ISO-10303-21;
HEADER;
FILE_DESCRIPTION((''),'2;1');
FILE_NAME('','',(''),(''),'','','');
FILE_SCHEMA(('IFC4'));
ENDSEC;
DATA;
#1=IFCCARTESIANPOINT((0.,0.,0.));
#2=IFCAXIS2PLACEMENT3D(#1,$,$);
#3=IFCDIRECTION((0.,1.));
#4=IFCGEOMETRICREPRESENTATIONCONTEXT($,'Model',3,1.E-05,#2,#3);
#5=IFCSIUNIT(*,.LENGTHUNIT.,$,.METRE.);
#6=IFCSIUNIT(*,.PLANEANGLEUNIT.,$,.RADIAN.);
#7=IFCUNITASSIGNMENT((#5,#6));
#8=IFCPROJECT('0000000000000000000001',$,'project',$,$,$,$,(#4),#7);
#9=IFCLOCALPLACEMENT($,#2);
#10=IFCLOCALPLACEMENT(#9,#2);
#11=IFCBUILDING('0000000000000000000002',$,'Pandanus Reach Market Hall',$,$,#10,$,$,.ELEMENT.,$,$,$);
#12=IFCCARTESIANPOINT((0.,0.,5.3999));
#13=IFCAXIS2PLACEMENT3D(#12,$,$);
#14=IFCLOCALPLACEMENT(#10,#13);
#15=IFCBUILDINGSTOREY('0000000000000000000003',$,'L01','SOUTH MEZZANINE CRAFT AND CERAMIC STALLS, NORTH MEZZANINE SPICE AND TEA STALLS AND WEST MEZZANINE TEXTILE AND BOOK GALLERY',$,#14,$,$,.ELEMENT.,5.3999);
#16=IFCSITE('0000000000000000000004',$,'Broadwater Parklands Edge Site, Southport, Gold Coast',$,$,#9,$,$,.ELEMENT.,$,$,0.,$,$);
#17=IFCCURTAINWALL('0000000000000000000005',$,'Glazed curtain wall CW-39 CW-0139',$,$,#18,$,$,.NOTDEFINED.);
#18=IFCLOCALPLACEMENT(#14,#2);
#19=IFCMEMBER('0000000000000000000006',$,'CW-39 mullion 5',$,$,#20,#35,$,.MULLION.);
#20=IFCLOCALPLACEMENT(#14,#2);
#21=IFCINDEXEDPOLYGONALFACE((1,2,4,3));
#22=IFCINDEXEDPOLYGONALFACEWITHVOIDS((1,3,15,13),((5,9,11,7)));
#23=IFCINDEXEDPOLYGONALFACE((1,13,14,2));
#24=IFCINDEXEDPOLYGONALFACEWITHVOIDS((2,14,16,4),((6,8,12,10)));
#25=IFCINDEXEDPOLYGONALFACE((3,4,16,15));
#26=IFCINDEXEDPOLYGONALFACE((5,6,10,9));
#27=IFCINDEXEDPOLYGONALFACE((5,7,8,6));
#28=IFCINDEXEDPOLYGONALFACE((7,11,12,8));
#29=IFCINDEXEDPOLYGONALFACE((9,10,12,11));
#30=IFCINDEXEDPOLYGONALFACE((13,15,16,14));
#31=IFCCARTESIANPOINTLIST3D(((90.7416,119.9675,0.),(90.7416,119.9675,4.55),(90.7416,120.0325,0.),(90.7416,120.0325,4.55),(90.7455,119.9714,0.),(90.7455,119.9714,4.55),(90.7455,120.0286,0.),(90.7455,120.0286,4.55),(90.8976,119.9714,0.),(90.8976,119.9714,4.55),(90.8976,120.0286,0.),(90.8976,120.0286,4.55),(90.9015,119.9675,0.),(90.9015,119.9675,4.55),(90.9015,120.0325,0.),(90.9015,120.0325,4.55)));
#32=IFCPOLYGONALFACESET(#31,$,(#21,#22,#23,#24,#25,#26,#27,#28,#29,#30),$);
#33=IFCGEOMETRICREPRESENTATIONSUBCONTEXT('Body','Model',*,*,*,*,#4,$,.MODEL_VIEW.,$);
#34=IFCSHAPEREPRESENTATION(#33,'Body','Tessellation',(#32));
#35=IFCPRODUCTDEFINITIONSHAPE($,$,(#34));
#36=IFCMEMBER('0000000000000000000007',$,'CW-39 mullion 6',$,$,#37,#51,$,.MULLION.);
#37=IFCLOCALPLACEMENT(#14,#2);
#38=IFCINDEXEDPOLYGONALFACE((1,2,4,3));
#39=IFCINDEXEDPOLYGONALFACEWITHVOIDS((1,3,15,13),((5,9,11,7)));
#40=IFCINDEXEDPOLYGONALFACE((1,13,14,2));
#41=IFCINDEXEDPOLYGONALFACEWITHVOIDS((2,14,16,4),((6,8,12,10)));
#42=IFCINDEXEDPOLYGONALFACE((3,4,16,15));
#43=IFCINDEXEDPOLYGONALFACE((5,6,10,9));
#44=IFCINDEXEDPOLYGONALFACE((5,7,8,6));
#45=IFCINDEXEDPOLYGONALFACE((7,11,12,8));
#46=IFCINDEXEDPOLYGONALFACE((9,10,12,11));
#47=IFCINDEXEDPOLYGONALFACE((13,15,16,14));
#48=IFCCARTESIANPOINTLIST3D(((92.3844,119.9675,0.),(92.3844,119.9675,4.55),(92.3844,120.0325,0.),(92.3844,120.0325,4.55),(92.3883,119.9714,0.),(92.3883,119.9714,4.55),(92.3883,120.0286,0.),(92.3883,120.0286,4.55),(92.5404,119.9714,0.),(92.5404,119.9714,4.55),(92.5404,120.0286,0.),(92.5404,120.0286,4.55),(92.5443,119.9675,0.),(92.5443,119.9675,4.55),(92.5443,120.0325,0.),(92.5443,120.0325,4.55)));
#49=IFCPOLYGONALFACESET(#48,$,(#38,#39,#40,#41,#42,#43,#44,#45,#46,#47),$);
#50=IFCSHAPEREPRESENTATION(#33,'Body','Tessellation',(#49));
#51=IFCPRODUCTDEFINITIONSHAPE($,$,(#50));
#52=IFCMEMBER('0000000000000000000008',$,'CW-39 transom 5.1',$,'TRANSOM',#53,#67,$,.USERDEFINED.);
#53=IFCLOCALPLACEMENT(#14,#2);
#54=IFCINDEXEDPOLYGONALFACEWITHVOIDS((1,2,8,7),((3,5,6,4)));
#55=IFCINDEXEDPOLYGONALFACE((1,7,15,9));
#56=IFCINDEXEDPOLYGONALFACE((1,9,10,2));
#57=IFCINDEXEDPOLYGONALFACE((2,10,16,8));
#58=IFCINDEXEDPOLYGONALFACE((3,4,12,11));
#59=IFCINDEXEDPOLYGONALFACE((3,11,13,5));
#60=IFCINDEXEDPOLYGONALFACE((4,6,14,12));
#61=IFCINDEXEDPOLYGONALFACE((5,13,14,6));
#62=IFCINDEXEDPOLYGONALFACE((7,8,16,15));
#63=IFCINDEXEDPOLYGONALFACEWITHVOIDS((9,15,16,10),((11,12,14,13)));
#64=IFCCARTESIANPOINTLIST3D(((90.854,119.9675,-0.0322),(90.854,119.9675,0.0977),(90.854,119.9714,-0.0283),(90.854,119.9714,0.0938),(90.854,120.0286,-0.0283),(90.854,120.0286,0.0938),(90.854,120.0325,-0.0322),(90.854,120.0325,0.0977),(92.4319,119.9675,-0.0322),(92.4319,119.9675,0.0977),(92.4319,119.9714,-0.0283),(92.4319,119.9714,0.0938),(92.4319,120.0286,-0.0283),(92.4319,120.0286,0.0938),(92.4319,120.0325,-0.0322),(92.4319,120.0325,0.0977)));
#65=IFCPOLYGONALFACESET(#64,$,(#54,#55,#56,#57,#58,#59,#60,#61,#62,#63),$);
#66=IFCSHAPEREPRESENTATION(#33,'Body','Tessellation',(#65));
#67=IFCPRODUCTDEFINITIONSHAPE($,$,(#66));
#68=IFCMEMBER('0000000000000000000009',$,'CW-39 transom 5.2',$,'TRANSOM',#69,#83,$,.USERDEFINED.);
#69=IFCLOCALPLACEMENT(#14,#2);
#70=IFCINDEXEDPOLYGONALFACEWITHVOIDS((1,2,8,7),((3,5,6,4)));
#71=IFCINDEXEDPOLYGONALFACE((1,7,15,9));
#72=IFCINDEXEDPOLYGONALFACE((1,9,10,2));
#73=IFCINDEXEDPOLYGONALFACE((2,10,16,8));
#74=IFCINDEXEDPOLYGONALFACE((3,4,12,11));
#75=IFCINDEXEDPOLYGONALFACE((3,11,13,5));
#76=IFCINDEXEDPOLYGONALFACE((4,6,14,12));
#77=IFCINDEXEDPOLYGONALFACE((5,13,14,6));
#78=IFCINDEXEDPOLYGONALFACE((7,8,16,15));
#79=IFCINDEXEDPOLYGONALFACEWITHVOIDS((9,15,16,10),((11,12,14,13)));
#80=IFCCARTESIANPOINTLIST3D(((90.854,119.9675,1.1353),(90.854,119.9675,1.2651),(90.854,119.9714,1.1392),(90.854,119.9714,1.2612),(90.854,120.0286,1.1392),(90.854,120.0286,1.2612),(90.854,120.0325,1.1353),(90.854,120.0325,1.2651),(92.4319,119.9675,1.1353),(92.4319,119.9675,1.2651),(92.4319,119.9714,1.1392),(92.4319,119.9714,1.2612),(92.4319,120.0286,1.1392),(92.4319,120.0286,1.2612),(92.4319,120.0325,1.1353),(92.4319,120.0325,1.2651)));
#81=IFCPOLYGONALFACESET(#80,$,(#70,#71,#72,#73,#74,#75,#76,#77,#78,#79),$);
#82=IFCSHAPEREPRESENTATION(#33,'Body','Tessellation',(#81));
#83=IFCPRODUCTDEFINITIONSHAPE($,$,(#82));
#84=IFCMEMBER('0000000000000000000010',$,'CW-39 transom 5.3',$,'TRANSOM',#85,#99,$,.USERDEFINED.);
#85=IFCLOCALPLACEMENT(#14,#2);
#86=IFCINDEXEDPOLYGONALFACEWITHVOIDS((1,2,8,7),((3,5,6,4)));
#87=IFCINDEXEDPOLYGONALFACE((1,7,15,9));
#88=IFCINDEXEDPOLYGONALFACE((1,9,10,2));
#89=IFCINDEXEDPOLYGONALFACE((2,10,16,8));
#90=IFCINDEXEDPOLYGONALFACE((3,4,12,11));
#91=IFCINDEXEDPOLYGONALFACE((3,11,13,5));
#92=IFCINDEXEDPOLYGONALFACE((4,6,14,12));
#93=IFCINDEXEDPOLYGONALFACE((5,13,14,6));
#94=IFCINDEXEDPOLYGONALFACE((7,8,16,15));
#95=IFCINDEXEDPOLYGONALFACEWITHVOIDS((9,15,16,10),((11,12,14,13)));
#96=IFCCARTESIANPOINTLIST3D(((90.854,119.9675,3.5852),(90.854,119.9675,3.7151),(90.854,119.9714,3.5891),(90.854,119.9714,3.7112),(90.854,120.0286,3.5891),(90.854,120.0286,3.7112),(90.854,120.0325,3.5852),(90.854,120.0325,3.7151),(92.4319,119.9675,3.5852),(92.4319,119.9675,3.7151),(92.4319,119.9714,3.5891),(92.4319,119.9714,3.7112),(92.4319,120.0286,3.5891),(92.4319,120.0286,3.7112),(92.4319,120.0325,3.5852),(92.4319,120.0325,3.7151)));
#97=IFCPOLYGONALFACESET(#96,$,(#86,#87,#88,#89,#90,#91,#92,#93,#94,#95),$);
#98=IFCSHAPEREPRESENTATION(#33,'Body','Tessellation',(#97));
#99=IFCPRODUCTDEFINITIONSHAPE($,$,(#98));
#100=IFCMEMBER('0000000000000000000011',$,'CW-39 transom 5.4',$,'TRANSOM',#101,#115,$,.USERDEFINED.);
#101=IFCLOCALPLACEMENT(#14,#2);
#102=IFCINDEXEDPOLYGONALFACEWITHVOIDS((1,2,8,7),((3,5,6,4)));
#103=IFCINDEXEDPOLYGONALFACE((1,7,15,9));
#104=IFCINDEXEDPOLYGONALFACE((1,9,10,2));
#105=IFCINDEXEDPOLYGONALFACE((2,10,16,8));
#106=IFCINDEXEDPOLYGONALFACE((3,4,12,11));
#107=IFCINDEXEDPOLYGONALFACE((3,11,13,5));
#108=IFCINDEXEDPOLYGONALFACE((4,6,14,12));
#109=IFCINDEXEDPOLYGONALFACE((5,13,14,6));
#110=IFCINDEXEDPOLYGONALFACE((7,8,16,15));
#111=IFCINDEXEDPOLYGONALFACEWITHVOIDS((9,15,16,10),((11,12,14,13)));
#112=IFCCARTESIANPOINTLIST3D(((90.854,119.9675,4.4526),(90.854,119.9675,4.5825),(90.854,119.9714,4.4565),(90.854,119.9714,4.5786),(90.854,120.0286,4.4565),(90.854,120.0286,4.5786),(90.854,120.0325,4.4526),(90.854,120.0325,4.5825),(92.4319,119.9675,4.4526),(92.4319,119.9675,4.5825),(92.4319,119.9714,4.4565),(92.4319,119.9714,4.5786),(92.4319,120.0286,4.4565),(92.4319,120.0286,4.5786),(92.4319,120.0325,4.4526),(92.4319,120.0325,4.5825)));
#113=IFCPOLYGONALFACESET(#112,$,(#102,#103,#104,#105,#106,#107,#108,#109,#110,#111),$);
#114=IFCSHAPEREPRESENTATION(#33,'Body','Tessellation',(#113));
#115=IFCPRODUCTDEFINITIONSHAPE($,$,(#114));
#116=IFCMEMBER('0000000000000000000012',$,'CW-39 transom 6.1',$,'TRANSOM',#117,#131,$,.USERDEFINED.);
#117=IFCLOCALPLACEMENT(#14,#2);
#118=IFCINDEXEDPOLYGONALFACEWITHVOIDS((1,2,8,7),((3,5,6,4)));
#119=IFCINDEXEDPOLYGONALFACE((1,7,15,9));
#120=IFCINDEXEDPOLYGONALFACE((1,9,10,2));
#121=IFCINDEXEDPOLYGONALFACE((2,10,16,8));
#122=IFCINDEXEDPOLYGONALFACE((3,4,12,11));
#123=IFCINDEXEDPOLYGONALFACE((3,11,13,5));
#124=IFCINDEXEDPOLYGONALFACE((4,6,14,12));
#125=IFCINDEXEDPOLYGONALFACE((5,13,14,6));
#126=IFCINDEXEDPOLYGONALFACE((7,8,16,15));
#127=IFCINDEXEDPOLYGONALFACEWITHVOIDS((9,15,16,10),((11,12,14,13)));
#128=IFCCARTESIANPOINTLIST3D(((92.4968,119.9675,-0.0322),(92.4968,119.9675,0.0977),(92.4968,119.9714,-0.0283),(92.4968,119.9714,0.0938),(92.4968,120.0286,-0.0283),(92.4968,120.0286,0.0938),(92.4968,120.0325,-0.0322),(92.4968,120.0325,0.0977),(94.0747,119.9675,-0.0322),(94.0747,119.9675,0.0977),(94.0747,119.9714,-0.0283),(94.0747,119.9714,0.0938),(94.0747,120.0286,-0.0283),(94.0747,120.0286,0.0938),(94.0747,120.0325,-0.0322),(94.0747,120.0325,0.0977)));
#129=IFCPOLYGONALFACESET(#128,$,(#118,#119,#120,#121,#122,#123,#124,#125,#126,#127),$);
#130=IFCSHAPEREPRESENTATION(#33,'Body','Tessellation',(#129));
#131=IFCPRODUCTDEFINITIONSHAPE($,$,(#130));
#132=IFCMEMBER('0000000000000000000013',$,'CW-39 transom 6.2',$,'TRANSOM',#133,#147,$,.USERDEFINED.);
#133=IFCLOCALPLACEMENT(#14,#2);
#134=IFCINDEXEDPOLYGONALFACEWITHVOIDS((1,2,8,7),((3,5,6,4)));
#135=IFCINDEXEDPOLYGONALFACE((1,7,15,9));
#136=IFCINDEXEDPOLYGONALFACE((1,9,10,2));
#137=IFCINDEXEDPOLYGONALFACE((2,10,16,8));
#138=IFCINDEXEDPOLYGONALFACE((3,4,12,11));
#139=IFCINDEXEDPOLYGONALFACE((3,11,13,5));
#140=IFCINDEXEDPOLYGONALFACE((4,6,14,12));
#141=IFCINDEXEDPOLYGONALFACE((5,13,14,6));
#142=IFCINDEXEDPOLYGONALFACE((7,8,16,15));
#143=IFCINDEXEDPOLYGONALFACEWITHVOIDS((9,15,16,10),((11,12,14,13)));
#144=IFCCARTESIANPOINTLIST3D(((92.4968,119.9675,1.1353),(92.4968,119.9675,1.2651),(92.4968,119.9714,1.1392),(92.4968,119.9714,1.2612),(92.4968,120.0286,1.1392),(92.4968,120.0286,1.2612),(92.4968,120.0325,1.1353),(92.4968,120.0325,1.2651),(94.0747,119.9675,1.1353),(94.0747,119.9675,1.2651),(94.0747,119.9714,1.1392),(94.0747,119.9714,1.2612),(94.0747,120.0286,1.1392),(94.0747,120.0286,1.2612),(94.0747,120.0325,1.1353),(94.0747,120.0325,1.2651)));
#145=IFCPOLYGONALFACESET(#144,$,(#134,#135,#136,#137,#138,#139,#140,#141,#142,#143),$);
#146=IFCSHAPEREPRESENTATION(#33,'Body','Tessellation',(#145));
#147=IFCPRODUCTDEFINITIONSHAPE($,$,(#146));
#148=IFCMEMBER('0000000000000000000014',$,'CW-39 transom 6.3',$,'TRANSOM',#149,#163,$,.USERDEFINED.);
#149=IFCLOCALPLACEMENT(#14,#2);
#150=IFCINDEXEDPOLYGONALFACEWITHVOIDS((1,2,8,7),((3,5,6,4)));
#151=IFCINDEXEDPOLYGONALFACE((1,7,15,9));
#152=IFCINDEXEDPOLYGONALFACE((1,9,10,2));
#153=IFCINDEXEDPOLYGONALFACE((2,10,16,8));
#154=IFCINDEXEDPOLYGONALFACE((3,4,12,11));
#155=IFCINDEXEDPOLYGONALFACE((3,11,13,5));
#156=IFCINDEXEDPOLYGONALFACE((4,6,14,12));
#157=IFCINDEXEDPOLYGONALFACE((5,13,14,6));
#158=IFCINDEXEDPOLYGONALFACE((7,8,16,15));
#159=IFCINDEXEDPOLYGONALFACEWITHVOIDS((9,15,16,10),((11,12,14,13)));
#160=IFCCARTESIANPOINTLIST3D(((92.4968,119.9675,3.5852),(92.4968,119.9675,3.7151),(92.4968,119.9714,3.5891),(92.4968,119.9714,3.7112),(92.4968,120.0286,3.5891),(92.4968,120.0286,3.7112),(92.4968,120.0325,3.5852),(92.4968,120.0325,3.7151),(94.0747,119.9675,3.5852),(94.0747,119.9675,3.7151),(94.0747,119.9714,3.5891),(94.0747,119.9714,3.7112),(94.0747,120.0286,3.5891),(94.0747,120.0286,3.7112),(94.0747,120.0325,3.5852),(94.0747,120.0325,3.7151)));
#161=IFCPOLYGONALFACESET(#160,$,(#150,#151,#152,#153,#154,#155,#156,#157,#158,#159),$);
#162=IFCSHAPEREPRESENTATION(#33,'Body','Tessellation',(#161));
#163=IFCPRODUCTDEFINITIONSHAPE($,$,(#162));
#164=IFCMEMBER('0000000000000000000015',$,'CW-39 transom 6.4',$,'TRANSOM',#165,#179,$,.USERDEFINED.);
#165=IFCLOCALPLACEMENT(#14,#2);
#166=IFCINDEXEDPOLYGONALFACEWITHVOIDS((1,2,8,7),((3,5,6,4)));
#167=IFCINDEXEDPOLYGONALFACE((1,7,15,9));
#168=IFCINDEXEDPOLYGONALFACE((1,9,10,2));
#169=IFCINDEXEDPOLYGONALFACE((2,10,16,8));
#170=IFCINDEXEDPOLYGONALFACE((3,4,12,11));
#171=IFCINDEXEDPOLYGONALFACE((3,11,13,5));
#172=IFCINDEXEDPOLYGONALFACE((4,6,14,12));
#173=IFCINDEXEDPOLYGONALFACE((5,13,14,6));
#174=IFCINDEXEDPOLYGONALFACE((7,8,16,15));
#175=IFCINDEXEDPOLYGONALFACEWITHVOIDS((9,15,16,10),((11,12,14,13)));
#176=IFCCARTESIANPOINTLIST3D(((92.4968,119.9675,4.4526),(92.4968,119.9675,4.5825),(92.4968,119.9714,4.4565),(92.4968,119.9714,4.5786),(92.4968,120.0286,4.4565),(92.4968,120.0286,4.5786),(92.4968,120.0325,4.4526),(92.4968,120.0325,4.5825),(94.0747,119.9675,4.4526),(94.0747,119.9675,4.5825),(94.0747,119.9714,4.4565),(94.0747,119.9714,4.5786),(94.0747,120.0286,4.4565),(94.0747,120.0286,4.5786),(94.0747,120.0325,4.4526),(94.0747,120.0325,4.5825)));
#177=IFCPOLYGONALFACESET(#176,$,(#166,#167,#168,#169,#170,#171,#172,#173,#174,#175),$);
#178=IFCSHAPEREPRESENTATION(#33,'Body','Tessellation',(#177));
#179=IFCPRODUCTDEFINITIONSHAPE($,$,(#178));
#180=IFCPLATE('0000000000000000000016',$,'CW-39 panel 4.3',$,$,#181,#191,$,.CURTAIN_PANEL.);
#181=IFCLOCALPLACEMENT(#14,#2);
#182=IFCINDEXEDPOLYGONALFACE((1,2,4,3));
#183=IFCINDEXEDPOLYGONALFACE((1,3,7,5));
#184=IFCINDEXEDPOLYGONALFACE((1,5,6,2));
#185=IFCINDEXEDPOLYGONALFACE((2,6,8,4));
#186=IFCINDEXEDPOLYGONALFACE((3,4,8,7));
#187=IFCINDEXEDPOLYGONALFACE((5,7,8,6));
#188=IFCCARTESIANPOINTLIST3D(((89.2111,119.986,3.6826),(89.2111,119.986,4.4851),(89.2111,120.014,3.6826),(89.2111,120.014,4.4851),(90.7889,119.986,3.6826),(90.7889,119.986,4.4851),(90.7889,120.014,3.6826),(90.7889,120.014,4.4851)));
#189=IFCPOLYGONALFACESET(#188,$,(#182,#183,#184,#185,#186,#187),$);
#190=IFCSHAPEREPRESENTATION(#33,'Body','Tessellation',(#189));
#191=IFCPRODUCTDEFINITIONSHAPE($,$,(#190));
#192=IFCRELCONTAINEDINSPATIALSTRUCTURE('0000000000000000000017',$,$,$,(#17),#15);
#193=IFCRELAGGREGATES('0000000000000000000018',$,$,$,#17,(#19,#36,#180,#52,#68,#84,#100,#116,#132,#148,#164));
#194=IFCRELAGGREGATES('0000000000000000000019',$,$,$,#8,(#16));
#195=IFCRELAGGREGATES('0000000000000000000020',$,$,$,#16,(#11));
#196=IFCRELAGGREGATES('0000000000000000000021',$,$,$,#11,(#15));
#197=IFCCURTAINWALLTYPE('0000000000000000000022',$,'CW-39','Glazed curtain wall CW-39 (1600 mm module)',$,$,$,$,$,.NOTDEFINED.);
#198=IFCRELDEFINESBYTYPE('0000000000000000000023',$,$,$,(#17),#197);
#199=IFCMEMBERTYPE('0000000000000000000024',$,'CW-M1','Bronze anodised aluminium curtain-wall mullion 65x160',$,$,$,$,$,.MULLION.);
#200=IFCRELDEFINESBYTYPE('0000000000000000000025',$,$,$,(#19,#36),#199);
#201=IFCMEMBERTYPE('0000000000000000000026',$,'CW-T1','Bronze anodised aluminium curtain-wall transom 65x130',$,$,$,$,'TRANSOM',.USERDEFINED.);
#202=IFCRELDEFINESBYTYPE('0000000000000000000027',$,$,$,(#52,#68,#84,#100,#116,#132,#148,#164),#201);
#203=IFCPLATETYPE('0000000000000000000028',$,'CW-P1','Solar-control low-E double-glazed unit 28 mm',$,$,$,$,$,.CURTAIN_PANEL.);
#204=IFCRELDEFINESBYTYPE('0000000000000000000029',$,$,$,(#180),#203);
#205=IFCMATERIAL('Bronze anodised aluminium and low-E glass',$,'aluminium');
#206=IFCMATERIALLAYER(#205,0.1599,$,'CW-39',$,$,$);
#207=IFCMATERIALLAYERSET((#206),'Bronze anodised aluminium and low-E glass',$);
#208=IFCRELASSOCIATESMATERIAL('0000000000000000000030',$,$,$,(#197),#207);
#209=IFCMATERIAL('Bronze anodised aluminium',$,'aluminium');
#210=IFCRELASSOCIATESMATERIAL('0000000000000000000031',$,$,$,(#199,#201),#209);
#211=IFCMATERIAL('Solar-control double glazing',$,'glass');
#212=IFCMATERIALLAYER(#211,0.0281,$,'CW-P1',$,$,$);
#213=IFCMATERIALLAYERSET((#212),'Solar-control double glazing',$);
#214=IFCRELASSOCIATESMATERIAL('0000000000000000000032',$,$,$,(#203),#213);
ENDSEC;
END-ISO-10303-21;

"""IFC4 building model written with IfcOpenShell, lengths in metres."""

from ifc_helpers import new_model, si_unit, direction, frame, origin, origin_2d, place, context, subcontext, project, spatial, rectangle, hollow_rectangle, extrude, material, layer, layer_set, material_profile, profile_set, type_object, element, aggregate, save


model = new_model("IFC4")

# Units and contexts
model_context = context("Model", 3, precision=1e-05, world=origin(), true_north=direction((0.0, 1.0)))
body_context = subcontext(model_context, "Body", "Model", "MODEL_VIEW")
ifc_project = project(units=[si_unit("LENGTHUNIT", "METRE"), si_unit("PLANEANGLEUNIT", "RADIAN")], contexts=[model_context])

# Site, building, storey
site_placement = place(None, origin())
site = spatial("IfcSite", under=ifc_project, at=site_placement, Name="Broadwater Parklands Edge Site, Southport, Gold Coast", CompositionType="ELEMENT", RefElevation=0.0)
building_placement = place(site_placement, origin())
building = spatial("IfcBuilding", under=site, at=building_placement, Name="Pandanus Reach Market Hall", CompositionType="ELEMENT")
storey_placement = place(building_placement, frame((0.0, 0.0, 5.3999)))
storey = spatial("IfcBuildingStorey", under=building, at=storey_placement, Name="L01", Description="SOUTH MEZZANINE CRAFT AND CERAMIC STALLS, NORTH MEZZANINE SPICE AND TEA STALLS AND WEST MEZZANINE TEXTILE AND BOOK GALLERY", CompositionType="ELEMENT", Elevation=5.3999)

# Curtain wall, members, plate
ifc_material_1 = material(Name="Bronze anodised aluminium and low-E glass", Category="aluminium")
ifc_layer_1 = layer(ifc_material_1, 0.1599, Name="CW-39")
ifc_layer_set_1 = layer_set([ifc_layer_1], Name="Bronze anodised aluminium and low-E glass")
curtain_wall_type = type_object("IfcCurtainWallType", Name="CW-39", Description="Glazed curtain wall CW-39 (1600 mm module)", PredefinedType="NOTDEFINED", material=ifc_layer_set_1)
curtain_wall_placement = place(storey_placement, origin())
curtain_wall = element("IfcCurtainWall", 1, at=curtain_wall_placement, inside=storey, type_object=curtain_wall_type, Name="Glazed curtain wall CW-39 CW-0139", PredefinedType="NOTDEFINED")
ifc_material_2 = material(Name="Bronze anodised aluminium", Category="aluminium")
ifc_material_profile_1 = material_profile(ifc_material_2, hollow_rectangle(XDim=0.0649, YDim=0.1599, WallThickness=0.0039, at=origin_2d()), Name="ALU65x160", Category="LoadBearing")
ifc_profile_set_1 = profile_set([ifc_material_profile_1], Name="Bronze anodised aluminium")
member_type_1 = type_object("IfcMemberType", Name="CW-M1", Description="Bronze anodised aluminium curtain-wall mullion 65x160", PredefinedType="MULLION", material=ifc_profile_set_1)
member_1_placement = place(storey_placement, frame((90.8215, 120.0, 0.0), z_axis=(0.0, 0.0, 1.0), x_axis=(0.0, 1.0, 0.0)))
member_1 = element("IfcMember", 2, at=member_1_placement, type_object=member_type_1, Name="CW-39 mullion 5", PredefinedType="MULLION", context=body_context, shape_type="SweptSolid", body=[
    extrude(hollow_rectangle(XDim=0.0649, YDim=0.1599, WallThickness=0.0039, at=origin_2d()), origin(), (0.0, 0.0, 1.0), 4.55),
])
member_2_placement = place(storey_placement, frame((92.4644, 120.0, 0.0), z_axis=(0.0, 0.0, 1.0), x_axis=(0.0, 1.0, 0.0)))
member_2 = element("IfcMember", 3, at=member_2_placement, type_object=member_type_1, Name="CW-39 mullion 6", PredefinedType="MULLION", context=body_context, shape_type="SweptSolid", body=[
    extrude(hollow_rectangle(XDim=0.0649, YDim=0.1599, WallThickness=0.0039, at=origin_2d()), origin(), (0.0, 0.0, 1.0), 4.55),
])
ifc_material_profile_2 = material_profile(ifc_material_2, hollow_rectangle(XDim=0.0649, YDim=0.1299, WallThickness=0.0039, at=origin_2d()), Name="ALU65x130", Category="LoadBearing")
ifc_profile_set_2 = profile_set([ifc_material_profile_2], Name="Bronze anodised aluminium")
member_type_2 = type_object("IfcMemberType", Name="CW-T1", Description="Bronze anodised aluminium curtain-wall transom 65x130", ElementType="TRANSOM", PredefinedType="USERDEFINED", material=ifc_profile_set_2)
member_3_placement = place(storey_placement, frame((90.854, 120.0, 0.0327), z_axis=(1.0, 0.0, 0.0), x_axis=(0.0, 1.0, 0.0)))
member_3 = element("IfcMember", 4, at=member_3_placement, type_object=member_type_2, Name="CW-39 transom 5.1", ObjectType="TRANSOM", PredefinedType="USERDEFINED", context=body_context, shape_type="SweptSolid", body=[
    extrude(hollow_rectangle(XDim=0.0649, YDim=0.1299, WallThickness=0.0039, at=origin_2d()), origin(), (0.0, 0.0, 1.0), 1.5779),
])
member_4_placement = place(storey_placement, frame((90.854, 120.0, 1.2002), z_axis=(1.0, 0.0, 0.0), x_axis=(0.0, 1.0, 0.0)))
member_4 = element("IfcMember", 5, at=member_4_placement, type_object=member_type_2, Name="CW-39 transom 5.2", ObjectType="TRANSOM", PredefinedType="USERDEFINED", context=body_context, shape_type="SweptSolid", body=[
    extrude(hollow_rectangle(XDim=0.0649, YDim=0.1299, WallThickness=0.0039, at=origin_2d()), origin(), (0.0, 0.0, 1.0), 1.5779),
])
member_5_placement = place(storey_placement, frame((90.854, 120.0, 3.6501), z_axis=(1.0, 0.0, 0.0), x_axis=(0.0, 1.0, 0.0)))
member_5 = element("IfcMember", 6, at=member_5_placement, type_object=member_type_2, Name="CW-39 transom 5.3", ObjectType="TRANSOM", PredefinedType="USERDEFINED", context=body_context, shape_type="SweptSolid", body=[
    extrude(hollow_rectangle(XDim=0.0649, YDim=0.1299, WallThickness=0.0039, at=origin_2d()), origin(), (0.0, 0.0, 1.0), 1.5779),
])
member_6_placement = place(storey_placement, frame((90.854, 120.0, 4.5176), z_axis=(1.0, 0.0, 0.0), x_axis=(0.0, 1.0, 0.0)))
member_6 = element("IfcMember", 7, at=member_6_placement, type_object=member_type_2, Name="CW-39 transom 5.4", ObjectType="TRANSOM", PredefinedType="USERDEFINED", context=body_context, shape_type="SweptSolid", body=[
    extrude(hollow_rectangle(XDim=0.0649, YDim=0.1299, WallThickness=0.0039, at=origin_2d()), origin(), (0.0, 0.0, 1.0), 1.5779),
])
member_7_placement = place(storey_placement, frame((92.4968, 120.0, 0.0327), z_axis=(1.0, 0.0, 0.0), x_axis=(0.0, 1.0, 0.0)))
member_7 = element("IfcMember", 8, at=member_7_placement, type_object=member_type_2, Name="CW-39 transom 6.1", ObjectType="TRANSOM", PredefinedType="USERDEFINED", context=body_context, shape_type="SweptSolid", body=[
    extrude(hollow_rectangle(XDim=0.0649, YDim=0.1299, WallThickness=0.0039, at=origin_2d()), origin(), (0.0, 0.0, 1.0), 1.5779),
])
member_8_placement = place(storey_placement, frame((92.4968, 120.0, 1.2002), z_axis=(1.0, 0.0, 0.0), x_axis=(0.0, 1.0, 0.0)))
member_8 = element("IfcMember", 9, at=member_8_placement, type_object=member_type_2, Name="CW-39 transom 6.2", ObjectType="TRANSOM", PredefinedType="USERDEFINED", context=body_context, shape_type="SweptSolid", body=[
    extrude(hollow_rectangle(XDim=0.0649, YDim=0.1299, WallThickness=0.0039, at=origin_2d()), origin(), (0.0, 0.0, 1.0), 1.5779),
])
member_9_placement = place(storey_placement, frame((92.4968, 120.0, 3.6501), z_axis=(1.0, 0.0, 0.0), x_axis=(0.0, 1.0, 0.0)))
member_9 = element("IfcMember", 10, at=member_9_placement, type_object=member_type_2, Name="CW-39 transom 6.3", ObjectType="TRANSOM", PredefinedType="USERDEFINED", context=body_context, shape_type="SweptSolid", body=[
    extrude(hollow_rectangle(XDim=0.0649, YDim=0.1299, WallThickness=0.0039, at=origin_2d()), origin(), (0.0, 0.0, 1.0), 1.5779),
])
member_10_placement = place(storey_placement, frame((92.4968, 120.0, 4.5176), z_axis=(1.0, 0.0, 0.0), x_axis=(0.0, 1.0, 0.0)))
member_10 = element("IfcMember", 11, at=member_10_placement, type_object=member_type_2, Name="CW-39 transom 6.4", ObjectType="TRANSOM", PredefinedType="USERDEFINED", context=body_context, shape_type="SweptSolid", body=[
    extrude(hollow_rectangle(XDim=0.0649, YDim=0.1299, WallThickness=0.0039, at=origin_2d()), origin(), (0.0, 0.0, 1.0), 1.5779),
])
ifc_material_3 = material(Name="Solar-control double glazing", Category="glass")
ifc_layer_2 = layer(ifc_material_3, 0.0281, Name="CW-P1")
ifc_layer_set_2 = layer_set([ifc_layer_2], Name="Solar-control double glazing")
plate_type = type_object("IfcPlateType", Name="CW-P1", Description="Solar-control low-E double-glazed unit 28 mm", PredefinedType="CURTAIN_PANEL", material=ifc_layer_set_2)
plate_1_placement = place(storey_placement, frame((90.0, 120.0, 3.6826), z_axis=(0.0, 0.0, 1.0), x_axis=(1.0, 0.0, 0.0)))
plate_1 = element("IfcPlate", 12, at=plate_1_placement, type_object=plate_type, Name="CW-39 panel 4.3", PredefinedType="CURTAIN_PANEL", context=body_context, shape_type="SweptSolid", body=[
    extrude(rectangle(XDim=1.5779, YDim=0.0281, at=origin_2d()), origin(), (0.0, 0.0, 1.0), 0.8025),
])
aggregate(curtain_wall, [member_1, member_2, plate_1, member_3, member_4, member_5, member_6, member_7, member_8, member_9, member_10])

save(model, "model.ifc")
